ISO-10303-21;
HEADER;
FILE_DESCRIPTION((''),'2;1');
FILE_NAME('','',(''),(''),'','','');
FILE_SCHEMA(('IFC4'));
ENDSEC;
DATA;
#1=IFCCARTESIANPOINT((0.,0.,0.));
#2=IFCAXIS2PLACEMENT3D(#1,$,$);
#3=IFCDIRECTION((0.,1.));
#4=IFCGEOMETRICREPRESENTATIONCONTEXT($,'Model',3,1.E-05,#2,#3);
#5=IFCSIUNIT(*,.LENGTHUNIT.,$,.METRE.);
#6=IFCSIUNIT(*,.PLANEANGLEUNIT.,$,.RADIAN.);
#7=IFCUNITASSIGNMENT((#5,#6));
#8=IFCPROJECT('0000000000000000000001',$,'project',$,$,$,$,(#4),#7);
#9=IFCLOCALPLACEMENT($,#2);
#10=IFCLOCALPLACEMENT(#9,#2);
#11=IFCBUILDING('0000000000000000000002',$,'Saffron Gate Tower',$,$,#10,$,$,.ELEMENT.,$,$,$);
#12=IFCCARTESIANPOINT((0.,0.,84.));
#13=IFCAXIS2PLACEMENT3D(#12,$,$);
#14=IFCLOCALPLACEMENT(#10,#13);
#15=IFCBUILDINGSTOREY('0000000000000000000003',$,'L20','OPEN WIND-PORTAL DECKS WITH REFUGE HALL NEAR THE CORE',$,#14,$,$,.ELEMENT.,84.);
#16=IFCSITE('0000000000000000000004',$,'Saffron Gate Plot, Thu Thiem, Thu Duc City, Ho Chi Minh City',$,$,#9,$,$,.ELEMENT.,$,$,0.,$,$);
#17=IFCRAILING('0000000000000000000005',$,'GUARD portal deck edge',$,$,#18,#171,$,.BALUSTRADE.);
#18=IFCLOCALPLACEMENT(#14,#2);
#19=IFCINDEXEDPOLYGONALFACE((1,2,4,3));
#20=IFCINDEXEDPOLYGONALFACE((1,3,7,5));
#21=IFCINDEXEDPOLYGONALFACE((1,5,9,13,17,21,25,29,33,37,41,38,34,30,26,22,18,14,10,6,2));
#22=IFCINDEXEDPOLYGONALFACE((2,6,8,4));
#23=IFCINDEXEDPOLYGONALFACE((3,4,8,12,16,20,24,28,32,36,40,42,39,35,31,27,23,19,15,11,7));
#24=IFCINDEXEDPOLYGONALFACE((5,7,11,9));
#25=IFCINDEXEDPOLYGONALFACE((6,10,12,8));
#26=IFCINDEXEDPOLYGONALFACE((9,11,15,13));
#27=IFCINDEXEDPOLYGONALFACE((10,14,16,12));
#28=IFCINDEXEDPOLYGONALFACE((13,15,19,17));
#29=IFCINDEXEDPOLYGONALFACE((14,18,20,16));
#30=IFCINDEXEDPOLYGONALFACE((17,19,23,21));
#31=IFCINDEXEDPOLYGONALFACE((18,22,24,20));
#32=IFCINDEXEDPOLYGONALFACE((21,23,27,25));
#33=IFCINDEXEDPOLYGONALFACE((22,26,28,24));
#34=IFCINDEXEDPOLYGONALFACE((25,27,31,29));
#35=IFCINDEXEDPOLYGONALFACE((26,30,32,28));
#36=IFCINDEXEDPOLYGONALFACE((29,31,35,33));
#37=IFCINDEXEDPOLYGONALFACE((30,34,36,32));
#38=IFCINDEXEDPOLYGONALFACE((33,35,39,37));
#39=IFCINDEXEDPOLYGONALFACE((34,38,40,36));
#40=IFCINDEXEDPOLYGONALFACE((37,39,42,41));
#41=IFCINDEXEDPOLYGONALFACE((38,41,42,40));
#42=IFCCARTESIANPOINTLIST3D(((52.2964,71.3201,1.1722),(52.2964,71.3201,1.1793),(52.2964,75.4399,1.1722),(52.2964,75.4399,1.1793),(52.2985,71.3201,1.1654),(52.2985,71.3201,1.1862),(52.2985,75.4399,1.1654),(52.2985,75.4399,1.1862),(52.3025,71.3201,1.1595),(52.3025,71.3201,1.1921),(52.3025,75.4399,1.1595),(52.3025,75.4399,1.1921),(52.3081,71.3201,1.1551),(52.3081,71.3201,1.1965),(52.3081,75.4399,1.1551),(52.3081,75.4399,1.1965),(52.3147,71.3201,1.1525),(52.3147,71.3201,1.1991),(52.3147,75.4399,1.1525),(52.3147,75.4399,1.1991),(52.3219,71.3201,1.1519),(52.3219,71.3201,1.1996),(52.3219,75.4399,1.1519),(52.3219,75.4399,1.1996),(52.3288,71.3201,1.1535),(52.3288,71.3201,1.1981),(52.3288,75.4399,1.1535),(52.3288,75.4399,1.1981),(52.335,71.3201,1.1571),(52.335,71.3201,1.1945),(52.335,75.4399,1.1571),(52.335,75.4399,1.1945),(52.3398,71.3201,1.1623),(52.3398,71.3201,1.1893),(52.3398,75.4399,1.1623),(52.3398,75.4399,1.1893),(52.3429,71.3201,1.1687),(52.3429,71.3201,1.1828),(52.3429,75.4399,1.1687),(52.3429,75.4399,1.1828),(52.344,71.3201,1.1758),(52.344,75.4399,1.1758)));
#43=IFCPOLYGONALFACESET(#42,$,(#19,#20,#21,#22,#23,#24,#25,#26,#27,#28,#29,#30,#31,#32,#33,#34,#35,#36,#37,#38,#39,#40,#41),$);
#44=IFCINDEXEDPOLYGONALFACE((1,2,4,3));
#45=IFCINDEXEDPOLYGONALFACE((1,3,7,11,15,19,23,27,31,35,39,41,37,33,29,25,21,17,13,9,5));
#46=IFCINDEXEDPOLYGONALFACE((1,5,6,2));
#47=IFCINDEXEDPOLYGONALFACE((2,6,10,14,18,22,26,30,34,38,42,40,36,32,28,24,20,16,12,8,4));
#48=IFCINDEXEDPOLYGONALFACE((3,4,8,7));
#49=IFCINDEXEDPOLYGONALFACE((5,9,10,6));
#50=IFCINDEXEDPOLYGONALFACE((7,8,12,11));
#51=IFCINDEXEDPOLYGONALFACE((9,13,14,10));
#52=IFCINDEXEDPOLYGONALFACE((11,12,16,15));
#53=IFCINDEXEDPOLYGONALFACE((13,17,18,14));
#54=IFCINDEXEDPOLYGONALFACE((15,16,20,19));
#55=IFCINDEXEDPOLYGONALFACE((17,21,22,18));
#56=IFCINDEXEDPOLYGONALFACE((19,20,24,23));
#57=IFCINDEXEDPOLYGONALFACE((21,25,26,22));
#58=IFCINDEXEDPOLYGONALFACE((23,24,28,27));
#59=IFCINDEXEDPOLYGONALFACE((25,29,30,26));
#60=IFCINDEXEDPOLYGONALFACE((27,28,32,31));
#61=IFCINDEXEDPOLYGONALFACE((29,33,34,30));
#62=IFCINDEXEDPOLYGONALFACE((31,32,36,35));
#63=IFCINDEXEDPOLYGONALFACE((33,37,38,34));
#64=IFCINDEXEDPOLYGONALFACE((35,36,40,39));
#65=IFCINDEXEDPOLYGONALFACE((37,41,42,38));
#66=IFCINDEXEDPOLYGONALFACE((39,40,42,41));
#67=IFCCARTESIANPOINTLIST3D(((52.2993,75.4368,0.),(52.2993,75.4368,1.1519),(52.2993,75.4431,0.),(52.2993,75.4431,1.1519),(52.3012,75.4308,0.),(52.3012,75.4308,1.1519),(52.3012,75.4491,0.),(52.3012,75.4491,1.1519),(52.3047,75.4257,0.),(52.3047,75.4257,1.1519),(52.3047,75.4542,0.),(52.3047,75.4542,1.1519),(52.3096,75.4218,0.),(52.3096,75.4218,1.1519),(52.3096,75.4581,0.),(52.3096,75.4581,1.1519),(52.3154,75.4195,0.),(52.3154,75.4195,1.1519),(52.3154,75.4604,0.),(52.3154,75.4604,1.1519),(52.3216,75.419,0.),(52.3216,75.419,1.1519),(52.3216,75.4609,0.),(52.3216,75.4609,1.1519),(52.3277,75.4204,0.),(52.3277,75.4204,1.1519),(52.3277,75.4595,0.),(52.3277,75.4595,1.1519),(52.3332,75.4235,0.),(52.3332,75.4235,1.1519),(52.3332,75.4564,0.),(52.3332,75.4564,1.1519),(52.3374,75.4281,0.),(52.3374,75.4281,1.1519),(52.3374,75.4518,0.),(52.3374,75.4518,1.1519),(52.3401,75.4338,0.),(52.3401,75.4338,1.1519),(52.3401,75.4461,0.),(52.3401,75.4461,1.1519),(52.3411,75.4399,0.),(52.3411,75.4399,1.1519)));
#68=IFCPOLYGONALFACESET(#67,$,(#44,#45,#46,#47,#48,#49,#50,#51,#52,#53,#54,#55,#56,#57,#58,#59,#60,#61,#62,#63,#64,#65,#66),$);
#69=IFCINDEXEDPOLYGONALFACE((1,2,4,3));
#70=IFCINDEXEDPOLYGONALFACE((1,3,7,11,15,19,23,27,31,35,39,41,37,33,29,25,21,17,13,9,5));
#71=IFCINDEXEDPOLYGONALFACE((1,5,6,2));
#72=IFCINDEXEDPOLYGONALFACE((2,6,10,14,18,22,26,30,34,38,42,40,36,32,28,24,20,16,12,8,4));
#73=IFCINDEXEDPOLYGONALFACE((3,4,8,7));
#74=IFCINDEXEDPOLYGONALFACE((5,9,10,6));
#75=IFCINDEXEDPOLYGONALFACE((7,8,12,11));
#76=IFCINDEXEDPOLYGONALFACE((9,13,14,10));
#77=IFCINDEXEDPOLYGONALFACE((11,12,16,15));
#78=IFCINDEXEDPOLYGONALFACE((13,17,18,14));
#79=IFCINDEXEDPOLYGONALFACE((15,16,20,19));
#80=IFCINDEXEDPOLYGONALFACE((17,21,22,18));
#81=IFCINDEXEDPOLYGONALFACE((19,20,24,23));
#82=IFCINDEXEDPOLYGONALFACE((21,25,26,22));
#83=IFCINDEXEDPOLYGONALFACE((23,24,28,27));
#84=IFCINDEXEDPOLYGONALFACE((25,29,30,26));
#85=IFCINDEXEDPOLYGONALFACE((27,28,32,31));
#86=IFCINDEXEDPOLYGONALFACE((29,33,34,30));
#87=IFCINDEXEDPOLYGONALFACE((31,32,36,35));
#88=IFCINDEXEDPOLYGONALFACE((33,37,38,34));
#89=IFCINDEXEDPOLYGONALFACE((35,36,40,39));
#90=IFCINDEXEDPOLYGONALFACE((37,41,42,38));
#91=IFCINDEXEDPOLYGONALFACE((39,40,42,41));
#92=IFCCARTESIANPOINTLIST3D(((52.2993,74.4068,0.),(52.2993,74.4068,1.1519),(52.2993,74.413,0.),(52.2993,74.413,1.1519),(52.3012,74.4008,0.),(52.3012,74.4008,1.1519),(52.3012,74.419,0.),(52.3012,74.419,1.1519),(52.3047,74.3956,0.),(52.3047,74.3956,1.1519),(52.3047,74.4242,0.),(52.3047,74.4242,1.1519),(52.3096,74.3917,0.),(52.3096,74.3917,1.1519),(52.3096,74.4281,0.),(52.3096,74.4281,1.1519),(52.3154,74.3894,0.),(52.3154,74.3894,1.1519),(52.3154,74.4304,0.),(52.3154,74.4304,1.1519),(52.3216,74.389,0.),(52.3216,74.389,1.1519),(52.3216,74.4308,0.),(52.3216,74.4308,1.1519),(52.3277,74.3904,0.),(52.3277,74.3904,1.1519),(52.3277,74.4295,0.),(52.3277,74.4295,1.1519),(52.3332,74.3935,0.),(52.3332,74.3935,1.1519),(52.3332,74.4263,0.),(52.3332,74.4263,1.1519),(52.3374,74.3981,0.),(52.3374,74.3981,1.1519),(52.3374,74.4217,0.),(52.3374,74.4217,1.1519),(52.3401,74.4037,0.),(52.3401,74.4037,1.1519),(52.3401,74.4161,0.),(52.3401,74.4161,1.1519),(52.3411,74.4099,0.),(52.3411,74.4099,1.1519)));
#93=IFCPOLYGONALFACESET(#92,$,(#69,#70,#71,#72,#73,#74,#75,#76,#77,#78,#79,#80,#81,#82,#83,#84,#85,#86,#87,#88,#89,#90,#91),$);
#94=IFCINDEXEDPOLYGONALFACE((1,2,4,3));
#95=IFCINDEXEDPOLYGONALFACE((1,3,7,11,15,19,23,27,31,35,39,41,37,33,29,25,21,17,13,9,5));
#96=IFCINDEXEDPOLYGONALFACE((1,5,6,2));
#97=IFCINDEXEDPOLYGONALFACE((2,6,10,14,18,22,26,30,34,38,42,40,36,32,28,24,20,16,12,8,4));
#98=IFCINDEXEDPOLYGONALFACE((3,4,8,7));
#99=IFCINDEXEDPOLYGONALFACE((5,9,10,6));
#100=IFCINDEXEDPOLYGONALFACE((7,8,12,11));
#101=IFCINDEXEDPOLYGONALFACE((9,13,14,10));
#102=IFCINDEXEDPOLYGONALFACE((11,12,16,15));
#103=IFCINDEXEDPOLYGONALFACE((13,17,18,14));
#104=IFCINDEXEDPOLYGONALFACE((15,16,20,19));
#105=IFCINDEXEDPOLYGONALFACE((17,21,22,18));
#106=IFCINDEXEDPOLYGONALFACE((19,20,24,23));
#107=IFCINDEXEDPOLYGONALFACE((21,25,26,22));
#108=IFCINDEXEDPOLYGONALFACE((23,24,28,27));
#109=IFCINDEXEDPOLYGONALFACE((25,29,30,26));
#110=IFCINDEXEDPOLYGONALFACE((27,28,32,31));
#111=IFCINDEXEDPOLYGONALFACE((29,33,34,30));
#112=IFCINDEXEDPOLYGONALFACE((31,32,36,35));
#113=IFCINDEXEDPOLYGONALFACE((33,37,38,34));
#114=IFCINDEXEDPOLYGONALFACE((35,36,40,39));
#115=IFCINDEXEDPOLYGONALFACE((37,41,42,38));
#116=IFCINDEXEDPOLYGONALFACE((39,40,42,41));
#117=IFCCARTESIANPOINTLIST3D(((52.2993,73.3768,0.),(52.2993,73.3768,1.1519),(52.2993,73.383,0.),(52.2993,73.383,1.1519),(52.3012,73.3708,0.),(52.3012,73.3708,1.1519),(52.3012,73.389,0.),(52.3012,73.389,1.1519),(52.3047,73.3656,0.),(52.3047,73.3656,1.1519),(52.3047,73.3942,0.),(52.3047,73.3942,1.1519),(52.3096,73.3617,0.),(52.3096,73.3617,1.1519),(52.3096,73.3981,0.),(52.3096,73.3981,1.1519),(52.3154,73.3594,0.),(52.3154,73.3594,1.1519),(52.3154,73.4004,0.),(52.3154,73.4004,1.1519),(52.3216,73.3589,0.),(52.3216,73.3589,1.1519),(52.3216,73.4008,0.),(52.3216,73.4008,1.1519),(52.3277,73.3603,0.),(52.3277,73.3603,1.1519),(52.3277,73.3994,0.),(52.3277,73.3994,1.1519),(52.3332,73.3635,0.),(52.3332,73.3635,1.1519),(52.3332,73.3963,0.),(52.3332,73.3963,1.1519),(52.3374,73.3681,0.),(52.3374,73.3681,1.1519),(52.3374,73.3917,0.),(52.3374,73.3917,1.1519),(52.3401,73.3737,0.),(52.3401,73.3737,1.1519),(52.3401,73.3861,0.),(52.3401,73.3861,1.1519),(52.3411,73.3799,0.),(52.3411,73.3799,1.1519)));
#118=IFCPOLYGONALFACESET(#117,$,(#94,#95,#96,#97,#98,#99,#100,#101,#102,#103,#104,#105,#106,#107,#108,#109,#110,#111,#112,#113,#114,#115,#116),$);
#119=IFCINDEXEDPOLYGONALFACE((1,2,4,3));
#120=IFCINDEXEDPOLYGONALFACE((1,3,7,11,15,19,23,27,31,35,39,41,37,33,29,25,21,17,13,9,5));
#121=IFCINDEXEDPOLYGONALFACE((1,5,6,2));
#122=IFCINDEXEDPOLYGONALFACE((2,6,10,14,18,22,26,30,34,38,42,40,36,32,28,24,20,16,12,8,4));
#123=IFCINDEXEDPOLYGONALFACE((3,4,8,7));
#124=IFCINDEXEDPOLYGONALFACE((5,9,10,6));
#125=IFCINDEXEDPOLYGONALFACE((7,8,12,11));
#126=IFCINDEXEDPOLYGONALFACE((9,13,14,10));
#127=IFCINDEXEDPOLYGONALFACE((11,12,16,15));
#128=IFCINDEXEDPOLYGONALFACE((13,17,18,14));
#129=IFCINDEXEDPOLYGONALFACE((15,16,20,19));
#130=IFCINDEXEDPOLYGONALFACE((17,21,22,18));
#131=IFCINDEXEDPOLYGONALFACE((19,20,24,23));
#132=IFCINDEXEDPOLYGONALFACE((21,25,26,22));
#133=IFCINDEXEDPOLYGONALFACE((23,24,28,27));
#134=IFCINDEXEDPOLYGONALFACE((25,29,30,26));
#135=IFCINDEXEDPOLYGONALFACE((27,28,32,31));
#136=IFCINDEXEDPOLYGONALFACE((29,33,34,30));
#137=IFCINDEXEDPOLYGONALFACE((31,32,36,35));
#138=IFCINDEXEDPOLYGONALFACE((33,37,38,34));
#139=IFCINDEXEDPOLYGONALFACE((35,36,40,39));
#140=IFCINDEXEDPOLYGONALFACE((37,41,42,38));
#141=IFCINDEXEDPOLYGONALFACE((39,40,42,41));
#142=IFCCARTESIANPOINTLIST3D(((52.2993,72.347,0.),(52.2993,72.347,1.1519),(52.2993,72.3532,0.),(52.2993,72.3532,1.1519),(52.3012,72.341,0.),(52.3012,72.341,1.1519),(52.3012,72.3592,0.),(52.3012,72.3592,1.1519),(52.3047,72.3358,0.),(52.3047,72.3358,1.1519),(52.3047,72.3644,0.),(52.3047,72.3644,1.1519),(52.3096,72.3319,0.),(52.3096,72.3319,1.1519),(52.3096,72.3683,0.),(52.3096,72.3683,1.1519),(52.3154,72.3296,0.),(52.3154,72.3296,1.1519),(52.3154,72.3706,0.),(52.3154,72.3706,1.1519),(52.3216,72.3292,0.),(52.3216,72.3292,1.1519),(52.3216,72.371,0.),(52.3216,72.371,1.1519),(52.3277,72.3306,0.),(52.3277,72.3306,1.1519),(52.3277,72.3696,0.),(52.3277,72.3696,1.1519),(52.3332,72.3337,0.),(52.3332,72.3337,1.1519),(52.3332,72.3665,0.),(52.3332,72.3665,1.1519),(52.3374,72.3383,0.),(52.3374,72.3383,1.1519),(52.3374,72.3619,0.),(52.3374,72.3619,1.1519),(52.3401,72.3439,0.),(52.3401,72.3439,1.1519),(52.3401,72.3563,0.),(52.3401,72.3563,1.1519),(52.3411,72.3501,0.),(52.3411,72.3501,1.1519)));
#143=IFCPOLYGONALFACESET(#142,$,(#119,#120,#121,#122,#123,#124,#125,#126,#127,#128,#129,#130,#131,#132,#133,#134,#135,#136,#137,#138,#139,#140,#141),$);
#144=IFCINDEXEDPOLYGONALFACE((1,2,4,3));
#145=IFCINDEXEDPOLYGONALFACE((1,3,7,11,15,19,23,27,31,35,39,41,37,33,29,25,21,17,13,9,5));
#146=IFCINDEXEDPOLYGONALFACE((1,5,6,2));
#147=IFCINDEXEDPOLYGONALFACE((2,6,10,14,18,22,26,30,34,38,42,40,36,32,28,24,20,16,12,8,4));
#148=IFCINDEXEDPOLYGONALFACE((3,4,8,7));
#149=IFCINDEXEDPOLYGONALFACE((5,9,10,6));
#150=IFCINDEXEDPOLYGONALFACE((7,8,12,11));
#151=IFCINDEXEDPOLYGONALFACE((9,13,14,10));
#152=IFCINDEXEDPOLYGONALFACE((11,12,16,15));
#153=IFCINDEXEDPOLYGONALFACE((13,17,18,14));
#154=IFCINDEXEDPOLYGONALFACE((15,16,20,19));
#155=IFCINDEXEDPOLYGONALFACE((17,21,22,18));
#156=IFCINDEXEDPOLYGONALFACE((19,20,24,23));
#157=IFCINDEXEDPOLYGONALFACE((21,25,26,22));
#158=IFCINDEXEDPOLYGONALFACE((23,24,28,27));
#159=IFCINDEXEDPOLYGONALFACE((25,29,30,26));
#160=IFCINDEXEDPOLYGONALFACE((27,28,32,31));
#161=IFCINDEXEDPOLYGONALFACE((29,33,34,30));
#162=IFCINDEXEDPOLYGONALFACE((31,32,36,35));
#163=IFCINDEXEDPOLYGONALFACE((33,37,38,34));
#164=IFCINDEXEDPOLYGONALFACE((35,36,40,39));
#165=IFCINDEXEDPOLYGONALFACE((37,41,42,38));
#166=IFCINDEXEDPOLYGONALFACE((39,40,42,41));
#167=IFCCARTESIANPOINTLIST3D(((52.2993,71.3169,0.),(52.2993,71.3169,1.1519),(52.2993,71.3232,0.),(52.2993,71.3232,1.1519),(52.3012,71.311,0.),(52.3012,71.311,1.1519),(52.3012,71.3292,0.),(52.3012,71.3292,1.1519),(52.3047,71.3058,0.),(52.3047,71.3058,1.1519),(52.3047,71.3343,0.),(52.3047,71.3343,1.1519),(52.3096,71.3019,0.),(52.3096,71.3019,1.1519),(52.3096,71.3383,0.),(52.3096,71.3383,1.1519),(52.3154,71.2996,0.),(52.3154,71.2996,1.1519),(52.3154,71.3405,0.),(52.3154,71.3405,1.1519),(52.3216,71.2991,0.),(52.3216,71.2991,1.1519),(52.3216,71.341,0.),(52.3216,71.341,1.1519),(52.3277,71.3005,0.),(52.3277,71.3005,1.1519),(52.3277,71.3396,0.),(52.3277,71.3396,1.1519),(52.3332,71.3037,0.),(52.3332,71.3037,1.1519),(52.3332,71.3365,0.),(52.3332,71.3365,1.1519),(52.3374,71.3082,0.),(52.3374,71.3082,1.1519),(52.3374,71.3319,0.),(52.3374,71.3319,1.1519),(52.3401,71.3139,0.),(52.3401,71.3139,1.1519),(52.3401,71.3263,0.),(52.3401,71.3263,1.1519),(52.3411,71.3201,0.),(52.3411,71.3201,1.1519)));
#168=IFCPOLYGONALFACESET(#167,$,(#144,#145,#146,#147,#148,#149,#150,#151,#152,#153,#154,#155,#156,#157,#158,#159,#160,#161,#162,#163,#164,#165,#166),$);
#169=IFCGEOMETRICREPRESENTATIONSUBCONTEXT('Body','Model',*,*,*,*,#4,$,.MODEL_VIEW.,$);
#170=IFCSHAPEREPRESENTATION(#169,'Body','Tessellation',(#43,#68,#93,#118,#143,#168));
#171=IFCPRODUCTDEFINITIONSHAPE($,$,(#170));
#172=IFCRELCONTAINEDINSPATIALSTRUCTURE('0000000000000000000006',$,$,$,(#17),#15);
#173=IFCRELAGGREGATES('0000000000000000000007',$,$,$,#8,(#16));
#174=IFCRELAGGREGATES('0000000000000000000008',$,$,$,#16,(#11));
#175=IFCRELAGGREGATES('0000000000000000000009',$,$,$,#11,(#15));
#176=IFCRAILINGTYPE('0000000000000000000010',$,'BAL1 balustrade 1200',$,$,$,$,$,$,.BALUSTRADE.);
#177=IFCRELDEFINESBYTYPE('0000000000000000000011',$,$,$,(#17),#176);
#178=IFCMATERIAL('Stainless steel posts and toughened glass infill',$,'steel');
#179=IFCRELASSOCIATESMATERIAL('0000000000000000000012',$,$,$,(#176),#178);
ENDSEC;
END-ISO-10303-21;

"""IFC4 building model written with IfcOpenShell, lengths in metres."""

from ifc_helpers import new_model, si_unit, direction, frame, origin, origin_2d, place, context, subcontext, project, spatial, circle, extrude, material, type_object, element, save


model = new_model("IFC4")

# Units and contexts
model_context = context("Model", 3, precision=1e-05, world=origin(), true_north=direction((0.0, 1.0)))
body_context = subcontext(model_context, "Body", "Model", "MODEL_VIEW")
ifc_project = project(units=[si_unit("LENGTHUNIT", "METRE"), si_unit("PLANEANGLEUNIT", "RADIAN")], contexts=[model_context])

# Site, building, storey
site_placement = place(None, origin())
site = spatial("IfcSite", under=ifc_project, at=site_placement, Name="Saffron Gate Plot, Thu Thiem, Thu Duc City, Ho Chi Minh City", CompositionType="ELEMENT", RefElevation=0.0)
building_placement = place(site_placement, origin())
building = spatial("IfcBuilding", under=site, at=building_placement, Name="Saffron Gate Tower", CompositionType="ELEMENT")
storey_placement = place(building_placement, frame((0.0, 0.0, 84.0)))
storey = spatial("IfcBuildingStorey", under=building, at=storey_placement, Name="L20", Description="OPEN WIND-PORTAL DECKS WITH REFUGE HALL NEAR THE CORE", CompositionType="ELEMENT", Elevation=84.0)

# Railing
ifc_material_1 = material(Name="Stainless steel posts and toughened glass infill", Category="steel")
railing_type = type_object("IfcRailingType", Name="BAL1 balustrade 1200", PredefinedType="BALUSTRADE", material=ifc_material_1)
railing_1_placement = place(storey_placement, frame((52.3201, 75.4399, 0.0)))
element("IfcRailing", 1, at=railing_1_placement, inside=storey, type_object=railing_type, Name="GUARD portal deck edge", PredefinedType="BALUSTRADE", context=body_context, shape_type="SweptSolid", body=[
    extrude(circle(Radius=0.0239, at=origin_2d()), frame((0.0, 0.0, 1.1758), z_axis=(0.0, -1.0, 0.0), x_axis=(1.0, 0.0, 0.0)), (0.0, 0.0, 1.0), 4.1199),
    extrude(circle(Radius=0.021, at=origin_2d()), origin(), (0.0, 0.0, 1.0), 1.1519),
    extrude(circle(Radius=0.021, at=origin_2d()), frame((0.0, -1.03, 0.0)), (0.0, 0.0, 1.0), 1.1519),
    extrude(circle(Radius=0.021, at=origin_2d()), frame((0.0, -2.0601, 0.0)), (0.0, 0.0, 1.0), 1.1519),
    extrude(circle(Radius=0.021, at=origin_2d()), frame((0.0, -3.0898, 0.0)), (0.0, 0.0, 1.0), 1.1519),
    extrude(circle(Radius=0.021, at=origin_2d()), frame((0.0, -4.1199, 0.0)), (0.0, 0.0, 1.0), 1.1519),
])

save(model, "model.ifc")
